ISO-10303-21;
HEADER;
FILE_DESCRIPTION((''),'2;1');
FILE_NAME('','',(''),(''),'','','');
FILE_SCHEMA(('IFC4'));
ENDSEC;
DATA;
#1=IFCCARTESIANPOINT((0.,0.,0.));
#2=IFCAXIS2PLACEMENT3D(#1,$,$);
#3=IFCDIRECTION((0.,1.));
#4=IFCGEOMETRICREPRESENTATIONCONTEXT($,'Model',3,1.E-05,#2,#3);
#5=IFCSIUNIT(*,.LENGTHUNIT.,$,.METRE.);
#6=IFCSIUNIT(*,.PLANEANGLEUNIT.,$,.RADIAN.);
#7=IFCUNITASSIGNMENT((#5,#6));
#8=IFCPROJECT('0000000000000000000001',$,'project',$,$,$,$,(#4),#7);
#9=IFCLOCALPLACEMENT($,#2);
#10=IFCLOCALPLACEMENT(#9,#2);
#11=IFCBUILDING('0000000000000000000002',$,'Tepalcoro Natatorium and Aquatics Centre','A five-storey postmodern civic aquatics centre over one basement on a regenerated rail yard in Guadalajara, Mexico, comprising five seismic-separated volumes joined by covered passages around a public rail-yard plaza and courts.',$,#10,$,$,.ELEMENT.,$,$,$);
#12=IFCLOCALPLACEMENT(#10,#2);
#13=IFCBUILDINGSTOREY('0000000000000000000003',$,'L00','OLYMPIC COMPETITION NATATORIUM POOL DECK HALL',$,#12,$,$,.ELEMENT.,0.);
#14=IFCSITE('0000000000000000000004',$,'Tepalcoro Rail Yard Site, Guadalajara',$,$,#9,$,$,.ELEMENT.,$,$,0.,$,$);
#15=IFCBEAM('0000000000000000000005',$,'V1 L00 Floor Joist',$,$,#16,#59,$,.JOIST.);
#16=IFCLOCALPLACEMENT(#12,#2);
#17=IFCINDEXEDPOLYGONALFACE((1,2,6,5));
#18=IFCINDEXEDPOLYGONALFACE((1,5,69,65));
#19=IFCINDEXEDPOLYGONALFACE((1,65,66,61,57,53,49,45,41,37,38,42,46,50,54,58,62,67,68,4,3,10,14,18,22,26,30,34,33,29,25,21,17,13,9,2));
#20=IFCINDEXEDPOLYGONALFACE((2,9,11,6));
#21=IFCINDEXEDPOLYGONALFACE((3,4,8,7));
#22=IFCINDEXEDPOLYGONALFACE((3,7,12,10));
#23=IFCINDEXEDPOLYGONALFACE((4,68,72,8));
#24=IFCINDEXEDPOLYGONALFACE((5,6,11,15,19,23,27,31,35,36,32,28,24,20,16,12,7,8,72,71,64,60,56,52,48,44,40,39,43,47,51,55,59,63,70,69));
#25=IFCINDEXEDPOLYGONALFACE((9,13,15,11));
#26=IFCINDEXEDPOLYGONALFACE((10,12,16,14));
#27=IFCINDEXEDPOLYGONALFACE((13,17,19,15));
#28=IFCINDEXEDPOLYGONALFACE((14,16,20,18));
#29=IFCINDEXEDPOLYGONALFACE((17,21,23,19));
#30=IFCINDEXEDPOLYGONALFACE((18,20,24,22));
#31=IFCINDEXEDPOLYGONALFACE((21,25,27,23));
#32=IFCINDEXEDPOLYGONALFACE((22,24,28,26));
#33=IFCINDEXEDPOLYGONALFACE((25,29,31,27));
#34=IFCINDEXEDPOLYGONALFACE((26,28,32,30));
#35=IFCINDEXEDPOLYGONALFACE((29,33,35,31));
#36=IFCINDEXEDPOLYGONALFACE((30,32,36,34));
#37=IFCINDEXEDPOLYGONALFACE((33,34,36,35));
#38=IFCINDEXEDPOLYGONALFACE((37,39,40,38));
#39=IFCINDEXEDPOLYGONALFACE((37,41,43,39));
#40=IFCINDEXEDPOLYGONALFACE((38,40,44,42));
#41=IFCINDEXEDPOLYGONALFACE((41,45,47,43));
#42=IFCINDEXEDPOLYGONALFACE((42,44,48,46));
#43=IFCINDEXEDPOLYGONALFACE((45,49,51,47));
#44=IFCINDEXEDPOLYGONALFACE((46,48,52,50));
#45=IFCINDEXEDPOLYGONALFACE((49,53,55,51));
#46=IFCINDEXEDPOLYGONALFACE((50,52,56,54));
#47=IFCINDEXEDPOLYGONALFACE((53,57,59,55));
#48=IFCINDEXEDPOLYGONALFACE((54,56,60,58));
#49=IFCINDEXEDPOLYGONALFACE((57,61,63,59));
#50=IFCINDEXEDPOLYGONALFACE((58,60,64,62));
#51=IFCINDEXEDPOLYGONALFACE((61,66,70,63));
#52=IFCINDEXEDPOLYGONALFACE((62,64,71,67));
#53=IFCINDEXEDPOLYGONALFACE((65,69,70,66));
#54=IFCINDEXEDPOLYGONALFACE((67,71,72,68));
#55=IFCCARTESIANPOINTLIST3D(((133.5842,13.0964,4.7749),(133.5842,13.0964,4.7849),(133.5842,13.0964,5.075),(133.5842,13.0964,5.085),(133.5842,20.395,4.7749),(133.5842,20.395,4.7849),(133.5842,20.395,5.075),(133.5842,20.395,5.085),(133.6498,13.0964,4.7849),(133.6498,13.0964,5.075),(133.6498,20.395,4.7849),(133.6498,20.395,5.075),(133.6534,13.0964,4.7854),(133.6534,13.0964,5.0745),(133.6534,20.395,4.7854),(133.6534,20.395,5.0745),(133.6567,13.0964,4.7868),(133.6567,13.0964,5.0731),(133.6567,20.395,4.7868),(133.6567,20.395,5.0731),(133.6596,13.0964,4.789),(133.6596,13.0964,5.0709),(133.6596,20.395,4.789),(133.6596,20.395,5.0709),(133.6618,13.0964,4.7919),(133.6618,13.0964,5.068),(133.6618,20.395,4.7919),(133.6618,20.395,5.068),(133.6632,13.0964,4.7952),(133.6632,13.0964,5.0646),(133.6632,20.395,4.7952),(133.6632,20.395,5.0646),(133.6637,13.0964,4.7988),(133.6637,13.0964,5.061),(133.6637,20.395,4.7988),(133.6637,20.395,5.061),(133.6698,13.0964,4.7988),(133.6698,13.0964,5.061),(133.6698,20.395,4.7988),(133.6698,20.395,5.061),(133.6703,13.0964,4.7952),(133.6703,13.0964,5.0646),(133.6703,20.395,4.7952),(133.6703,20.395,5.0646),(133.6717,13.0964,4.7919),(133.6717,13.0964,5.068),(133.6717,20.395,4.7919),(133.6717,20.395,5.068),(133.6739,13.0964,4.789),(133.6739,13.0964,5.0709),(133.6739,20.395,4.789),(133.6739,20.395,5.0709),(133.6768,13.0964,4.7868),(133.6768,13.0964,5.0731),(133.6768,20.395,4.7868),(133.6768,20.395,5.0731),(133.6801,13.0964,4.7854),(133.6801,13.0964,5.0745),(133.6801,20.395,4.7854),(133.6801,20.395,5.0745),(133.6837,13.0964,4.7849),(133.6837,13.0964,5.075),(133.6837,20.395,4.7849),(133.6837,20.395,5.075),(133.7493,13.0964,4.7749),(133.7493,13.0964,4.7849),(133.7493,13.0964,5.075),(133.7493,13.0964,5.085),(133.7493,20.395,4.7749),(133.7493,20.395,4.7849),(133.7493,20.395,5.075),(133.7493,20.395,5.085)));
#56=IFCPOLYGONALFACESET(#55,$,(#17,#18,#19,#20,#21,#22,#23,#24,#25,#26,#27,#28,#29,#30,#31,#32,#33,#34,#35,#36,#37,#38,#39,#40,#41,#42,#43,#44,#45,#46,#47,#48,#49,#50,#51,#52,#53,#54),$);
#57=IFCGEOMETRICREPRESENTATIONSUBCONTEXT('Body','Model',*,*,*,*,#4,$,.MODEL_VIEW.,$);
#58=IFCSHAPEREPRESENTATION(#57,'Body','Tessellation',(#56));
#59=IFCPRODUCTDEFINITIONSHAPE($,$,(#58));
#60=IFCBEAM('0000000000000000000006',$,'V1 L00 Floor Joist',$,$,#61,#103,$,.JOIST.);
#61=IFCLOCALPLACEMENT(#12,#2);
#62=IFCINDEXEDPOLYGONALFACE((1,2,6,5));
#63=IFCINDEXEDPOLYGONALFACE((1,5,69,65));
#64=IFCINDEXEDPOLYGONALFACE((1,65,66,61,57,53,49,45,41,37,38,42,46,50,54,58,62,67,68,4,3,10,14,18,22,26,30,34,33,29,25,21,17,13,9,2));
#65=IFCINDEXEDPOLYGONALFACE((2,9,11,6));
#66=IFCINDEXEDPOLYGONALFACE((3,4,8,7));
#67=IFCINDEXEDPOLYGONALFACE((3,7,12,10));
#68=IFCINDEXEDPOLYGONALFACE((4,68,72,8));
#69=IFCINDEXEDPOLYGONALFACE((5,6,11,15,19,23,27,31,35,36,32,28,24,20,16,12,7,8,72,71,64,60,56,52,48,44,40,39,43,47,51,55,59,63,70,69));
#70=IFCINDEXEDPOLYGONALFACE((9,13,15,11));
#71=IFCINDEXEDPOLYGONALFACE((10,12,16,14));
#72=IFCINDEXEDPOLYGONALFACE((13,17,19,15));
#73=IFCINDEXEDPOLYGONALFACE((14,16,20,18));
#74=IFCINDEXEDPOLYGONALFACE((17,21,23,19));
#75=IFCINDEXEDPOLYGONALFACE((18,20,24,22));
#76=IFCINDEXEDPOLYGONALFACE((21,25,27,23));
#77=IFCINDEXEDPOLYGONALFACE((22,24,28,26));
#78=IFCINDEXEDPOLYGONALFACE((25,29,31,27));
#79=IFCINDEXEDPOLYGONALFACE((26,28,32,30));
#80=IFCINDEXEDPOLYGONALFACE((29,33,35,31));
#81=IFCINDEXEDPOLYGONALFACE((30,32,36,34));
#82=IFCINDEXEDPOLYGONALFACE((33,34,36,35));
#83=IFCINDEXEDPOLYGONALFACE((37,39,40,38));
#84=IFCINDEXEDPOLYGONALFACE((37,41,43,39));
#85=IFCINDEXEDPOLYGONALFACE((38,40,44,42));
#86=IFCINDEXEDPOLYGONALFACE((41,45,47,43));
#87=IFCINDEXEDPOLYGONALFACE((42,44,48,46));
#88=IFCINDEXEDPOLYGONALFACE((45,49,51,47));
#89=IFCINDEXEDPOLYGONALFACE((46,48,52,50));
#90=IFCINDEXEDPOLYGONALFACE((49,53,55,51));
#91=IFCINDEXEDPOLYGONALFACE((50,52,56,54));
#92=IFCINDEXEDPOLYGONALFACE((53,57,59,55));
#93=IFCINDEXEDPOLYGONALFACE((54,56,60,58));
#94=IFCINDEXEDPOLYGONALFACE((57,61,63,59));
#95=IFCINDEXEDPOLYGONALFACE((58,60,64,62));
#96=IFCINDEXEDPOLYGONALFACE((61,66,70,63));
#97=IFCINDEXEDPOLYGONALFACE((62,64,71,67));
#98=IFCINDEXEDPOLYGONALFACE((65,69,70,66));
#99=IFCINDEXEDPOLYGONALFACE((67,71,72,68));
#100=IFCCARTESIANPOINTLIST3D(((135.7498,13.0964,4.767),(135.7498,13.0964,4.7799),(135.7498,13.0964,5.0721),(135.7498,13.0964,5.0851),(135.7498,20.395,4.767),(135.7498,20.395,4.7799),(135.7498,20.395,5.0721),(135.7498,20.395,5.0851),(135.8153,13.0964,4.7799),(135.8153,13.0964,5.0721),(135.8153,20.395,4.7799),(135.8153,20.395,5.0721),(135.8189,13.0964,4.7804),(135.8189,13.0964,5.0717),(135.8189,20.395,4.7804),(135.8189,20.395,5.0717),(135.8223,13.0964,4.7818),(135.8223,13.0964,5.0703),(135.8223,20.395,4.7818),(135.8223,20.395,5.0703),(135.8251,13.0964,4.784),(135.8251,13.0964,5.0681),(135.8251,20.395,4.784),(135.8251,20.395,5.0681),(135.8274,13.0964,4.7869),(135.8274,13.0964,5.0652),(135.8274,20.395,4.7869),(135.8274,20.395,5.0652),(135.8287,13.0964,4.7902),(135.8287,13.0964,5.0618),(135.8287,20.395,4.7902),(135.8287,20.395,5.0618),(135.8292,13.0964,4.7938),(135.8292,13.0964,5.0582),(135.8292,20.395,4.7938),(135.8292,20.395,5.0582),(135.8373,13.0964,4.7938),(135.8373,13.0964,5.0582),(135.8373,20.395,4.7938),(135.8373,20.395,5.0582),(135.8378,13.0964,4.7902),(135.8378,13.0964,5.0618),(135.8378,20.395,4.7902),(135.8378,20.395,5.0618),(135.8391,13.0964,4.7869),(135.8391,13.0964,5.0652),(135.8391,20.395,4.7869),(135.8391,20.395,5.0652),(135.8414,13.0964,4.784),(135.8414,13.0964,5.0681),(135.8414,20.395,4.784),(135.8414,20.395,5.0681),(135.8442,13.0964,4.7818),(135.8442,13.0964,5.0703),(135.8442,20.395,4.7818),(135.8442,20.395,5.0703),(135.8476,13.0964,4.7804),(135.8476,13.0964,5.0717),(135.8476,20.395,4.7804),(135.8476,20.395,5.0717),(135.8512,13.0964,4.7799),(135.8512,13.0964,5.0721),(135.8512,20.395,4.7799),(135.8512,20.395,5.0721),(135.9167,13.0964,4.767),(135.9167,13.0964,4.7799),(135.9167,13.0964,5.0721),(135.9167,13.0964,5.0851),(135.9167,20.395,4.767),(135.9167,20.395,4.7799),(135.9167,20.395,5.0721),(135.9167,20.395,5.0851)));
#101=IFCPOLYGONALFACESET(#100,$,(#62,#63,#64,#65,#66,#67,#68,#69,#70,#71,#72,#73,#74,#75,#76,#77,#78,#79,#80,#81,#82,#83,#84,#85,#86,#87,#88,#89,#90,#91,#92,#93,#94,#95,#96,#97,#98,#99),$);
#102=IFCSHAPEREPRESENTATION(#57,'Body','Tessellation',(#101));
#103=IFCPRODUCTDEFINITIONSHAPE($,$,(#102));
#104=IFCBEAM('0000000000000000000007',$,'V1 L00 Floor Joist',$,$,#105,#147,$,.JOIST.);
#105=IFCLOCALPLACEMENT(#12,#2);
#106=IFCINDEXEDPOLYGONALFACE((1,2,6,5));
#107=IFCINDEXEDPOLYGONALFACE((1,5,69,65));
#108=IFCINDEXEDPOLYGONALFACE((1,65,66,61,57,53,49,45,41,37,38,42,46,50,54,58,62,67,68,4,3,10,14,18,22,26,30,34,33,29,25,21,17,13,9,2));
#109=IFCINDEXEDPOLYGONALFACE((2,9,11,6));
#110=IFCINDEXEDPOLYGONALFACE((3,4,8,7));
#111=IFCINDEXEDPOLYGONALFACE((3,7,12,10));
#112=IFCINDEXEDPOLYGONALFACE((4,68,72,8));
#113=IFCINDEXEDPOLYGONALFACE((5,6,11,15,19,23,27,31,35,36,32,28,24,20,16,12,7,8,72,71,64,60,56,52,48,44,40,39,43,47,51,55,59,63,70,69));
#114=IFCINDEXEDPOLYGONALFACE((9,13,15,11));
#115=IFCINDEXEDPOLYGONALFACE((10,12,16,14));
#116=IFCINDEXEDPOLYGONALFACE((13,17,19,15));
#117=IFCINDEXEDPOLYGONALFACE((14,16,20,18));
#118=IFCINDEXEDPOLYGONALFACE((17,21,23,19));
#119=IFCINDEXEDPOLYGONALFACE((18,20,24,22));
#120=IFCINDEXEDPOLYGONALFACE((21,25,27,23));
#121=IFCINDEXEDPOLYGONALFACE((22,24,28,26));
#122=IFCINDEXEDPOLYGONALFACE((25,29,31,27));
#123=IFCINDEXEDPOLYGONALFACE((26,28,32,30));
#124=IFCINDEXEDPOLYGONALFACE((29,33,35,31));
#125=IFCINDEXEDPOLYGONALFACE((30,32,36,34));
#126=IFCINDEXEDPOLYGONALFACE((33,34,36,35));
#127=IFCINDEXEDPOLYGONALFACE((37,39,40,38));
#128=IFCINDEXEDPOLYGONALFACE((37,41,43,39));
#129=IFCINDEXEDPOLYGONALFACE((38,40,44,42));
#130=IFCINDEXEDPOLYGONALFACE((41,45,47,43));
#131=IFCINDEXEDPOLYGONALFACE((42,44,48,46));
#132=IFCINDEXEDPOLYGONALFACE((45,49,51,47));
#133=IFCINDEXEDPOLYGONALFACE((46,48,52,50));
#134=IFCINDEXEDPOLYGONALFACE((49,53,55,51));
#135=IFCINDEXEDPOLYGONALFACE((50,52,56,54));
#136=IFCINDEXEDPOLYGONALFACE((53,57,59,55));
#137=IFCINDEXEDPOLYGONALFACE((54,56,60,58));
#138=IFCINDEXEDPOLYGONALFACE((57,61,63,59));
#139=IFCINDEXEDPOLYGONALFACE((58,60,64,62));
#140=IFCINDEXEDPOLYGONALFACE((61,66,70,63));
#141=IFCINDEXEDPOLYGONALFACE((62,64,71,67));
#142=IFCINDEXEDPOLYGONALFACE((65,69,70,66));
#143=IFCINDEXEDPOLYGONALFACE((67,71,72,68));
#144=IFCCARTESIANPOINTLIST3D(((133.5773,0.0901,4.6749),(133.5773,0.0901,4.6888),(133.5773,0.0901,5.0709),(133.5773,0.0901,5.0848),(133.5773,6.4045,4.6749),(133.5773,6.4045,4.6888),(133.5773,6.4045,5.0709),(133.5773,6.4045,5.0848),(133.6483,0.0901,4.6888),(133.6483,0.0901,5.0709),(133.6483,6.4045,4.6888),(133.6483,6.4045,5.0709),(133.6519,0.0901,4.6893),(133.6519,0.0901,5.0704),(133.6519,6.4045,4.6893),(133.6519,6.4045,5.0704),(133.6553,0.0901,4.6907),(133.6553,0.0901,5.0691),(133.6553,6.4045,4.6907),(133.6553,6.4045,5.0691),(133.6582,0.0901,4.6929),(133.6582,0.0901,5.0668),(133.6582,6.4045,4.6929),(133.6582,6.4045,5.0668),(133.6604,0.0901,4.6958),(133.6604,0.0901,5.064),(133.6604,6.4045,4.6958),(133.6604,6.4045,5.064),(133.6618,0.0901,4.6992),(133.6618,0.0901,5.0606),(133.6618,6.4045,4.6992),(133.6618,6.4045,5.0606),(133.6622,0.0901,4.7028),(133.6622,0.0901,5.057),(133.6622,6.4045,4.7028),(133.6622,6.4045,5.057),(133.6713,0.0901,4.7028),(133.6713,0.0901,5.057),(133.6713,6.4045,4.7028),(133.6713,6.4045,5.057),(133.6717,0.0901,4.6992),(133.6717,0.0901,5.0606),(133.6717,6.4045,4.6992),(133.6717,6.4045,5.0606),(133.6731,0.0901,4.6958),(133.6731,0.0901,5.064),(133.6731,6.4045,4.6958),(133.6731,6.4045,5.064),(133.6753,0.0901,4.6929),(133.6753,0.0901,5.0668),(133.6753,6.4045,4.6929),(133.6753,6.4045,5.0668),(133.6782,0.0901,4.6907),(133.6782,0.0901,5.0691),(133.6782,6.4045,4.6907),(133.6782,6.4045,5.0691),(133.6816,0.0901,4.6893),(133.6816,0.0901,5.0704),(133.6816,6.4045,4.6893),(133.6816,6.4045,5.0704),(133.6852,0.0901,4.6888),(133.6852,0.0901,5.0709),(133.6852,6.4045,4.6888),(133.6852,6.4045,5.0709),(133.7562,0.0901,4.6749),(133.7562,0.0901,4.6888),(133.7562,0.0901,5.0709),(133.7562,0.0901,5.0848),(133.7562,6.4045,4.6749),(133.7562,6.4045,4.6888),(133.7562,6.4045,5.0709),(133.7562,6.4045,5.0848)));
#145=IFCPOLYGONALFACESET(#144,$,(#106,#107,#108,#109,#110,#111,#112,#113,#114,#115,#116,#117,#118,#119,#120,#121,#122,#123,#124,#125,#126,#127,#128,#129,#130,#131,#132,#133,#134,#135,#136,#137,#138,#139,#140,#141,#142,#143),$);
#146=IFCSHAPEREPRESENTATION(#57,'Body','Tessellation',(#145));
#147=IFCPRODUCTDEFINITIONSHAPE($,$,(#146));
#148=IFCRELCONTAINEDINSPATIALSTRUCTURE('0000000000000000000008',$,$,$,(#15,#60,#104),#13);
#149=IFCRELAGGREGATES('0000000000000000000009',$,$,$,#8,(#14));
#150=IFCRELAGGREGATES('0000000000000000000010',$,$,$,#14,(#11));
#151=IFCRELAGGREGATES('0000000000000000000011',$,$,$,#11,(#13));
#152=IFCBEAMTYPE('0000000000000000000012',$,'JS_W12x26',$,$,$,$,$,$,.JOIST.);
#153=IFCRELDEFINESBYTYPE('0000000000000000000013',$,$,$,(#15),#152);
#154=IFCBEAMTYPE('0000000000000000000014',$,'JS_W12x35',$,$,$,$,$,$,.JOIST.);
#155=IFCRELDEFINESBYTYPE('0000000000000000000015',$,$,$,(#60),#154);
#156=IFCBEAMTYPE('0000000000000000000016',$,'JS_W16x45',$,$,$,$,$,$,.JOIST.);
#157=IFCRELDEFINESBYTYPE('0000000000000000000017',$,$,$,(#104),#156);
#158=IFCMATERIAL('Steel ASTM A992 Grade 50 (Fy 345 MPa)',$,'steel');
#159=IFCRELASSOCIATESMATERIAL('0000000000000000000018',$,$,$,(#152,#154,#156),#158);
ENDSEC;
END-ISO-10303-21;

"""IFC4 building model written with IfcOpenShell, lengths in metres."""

from ifc_helpers import new_model, si_unit, direction, frame, origin, origin_2d, place, context, subcontext, project, spatial, i_section, extrude, material, material_profile, profile_set, type_object, element, save


model = new_model("IFC4")

# Units and contexts
model_context = context("Model", 3, precision=1e-05, world=origin(), true_north=direction((0.0, 1.0)))
body_context = subcontext(model_context, "Body", "Model", "MODEL_VIEW")
ifc_project = project(units=[si_unit("LENGTHUNIT", "METRE"), si_unit("PLANEANGLEUNIT", "RADIAN")], contexts=[model_context])

# Site, building, storey
site_placement = place(None, origin())
site = spatial("IfcSite", under=ifc_project, at=site_placement, Name="Tepalcoro Rail Yard Site, Guadalajara", CompositionType="ELEMENT", RefElevation=0.0)
building_placement = place(site_placement, origin())
building = spatial("IfcBuilding", under=site, at=building_placement, Name="Tepalcoro Natatorium and Aquatics Centre", Description="A five-storey postmodern civic aquatics centre over one basement on a regenerated rail yard in Guadalajara, Mexico, comprising five seismic-separated volumes joined by covered passages around a public rail-yard plaza and courts.", CompositionType="ELEMENT")
storey_placement = place(building_placement, origin())
storey = spatial("IfcBuildingStorey", under=building, at=storey_placement, Name="L00", Description="OLYMPIC COMPETITION NATATORIUM POOL DECK HALL", CompositionType="ELEMENT", Elevation=0.0)

# Shared definitions
ifc_material_1 = material(Name="Steel ASTM A992 Grade 50 (Fy 345 MPa)", Category="steel")

# Beams
ifc_material_profile_1 = material_profile(ifc_material_1, i_section(OverallWidth=0.165, OverallDepth=0.3101, WebThickness=0.0061, FlangeThickness=0.01, FilletRadius=0.0139, at=origin_2d()), Name="W12X26")
ifc_profile_set_1 = profile_set([ifc_material_profile_1], Name="Steel ASTM A992 Grade 50 (Fy 345 MPa)")
beam_type_1 = type_object("IfcBeamType", Name="JS_W12x26", PredefinedType="JOIST", material=ifc_profile_set_1)
beam_1_placement = place(storey_placement, frame((133.6667, 13.0964, 4.9299), z_axis=(0.0, 1.0, 0.0), x_axis=(-1.0, 0.0, 0.0)))
element("IfcBeam", 1, at=beam_1_placement, inside=storey, type_object=beam_type_1, Name="V1 L00 Floor Joist", PredefinedType="JOIST", context=body_context, shape_type="SweptSolid", body=[
    extrude(i_section(OverallWidth=0.165, OverallDepth=0.3101, WebThickness=0.0061, FlangeThickness=0.01, FilletRadius=0.0139, at=origin_2d()), origin(), (0.0, 0.0, 1.0), 7.2986),
])
ifc_material_profile_2 = material_profile(ifc_material_1, i_section(OverallWidth=0.167, OverallDepth=0.3181, WebThickness=0.0081, FlangeThickness=0.0129, FilletRadius=0.0139, at=origin_2d()), Name="W12X35")
ifc_profile_set_2 = profile_set([ifc_material_profile_2], Name="Steel ASTM A992 Grade 50 (Fy 345 MPa)")
beam_type_2 = type_object("IfcBeamType", Name="JS_W12x35", PredefinedType="JOIST", material=ifc_profile_set_2)
beam_2_placement = place(storey_placement, frame((135.8333, 13.0964, 4.926), z_axis=(0.0, 1.0, 0.0), x_axis=(-1.0, 0.0, 0.0)))
element("IfcBeam", 2, at=beam_2_placement, inside=storey, type_object=beam_type_2, Name="V1 L00 Floor Joist", PredefinedType="JOIST", context=body_context, shape_type="SweptSolid", body=[
    extrude(i_section(OverallWidth=0.167, OverallDepth=0.3181, WebThickness=0.0081, FlangeThickness=0.0129, FilletRadius=0.0139, at=origin_2d()), origin(), (0.0, 0.0, 1.0), 7.2986),
])
ifc_material_profile_3 = material_profile(ifc_material_1, i_section(OverallWidth=0.179, OverallDepth=0.4099, WebThickness=0.009, FlangeThickness=0.0139, FilletRadius=0.0139, at=origin_2d()), Name="W16X45")
ifc_profile_set_3 = profile_set([ifc_material_profile_3], Name="Steel ASTM A992 Grade 50 (Fy 345 MPa)")
beam_type_3 = type_object("IfcBeamType", Name="JS_W16x45", PredefinedType="JOIST", material=ifc_profile_set_3)
beam_3_placement = place(storey_placement, frame((133.6667, 0.0901, 4.8799), z_axis=(0.0, 1.0, 0.0), x_axis=(-1.0, 0.0, 0.0)))
element("IfcBeam", 3, at=beam_3_placement, inside=storey, type_object=beam_type_3, Name="V1 L00 Floor Joist", PredefinedType="JOIST", context=body_context, shape_type="SweptSolid", body=[
    extrude(i_section(OverallWidth=0.179, OverallDepth=0.4099, WebThickness=0.009, FlangeThickness=0.0139, FilletRadius=0.0139, at=origin_2d()), origin(), (0.0, 0.0, 1.0), 6.3145),
])

save(model, "model.ifc")
